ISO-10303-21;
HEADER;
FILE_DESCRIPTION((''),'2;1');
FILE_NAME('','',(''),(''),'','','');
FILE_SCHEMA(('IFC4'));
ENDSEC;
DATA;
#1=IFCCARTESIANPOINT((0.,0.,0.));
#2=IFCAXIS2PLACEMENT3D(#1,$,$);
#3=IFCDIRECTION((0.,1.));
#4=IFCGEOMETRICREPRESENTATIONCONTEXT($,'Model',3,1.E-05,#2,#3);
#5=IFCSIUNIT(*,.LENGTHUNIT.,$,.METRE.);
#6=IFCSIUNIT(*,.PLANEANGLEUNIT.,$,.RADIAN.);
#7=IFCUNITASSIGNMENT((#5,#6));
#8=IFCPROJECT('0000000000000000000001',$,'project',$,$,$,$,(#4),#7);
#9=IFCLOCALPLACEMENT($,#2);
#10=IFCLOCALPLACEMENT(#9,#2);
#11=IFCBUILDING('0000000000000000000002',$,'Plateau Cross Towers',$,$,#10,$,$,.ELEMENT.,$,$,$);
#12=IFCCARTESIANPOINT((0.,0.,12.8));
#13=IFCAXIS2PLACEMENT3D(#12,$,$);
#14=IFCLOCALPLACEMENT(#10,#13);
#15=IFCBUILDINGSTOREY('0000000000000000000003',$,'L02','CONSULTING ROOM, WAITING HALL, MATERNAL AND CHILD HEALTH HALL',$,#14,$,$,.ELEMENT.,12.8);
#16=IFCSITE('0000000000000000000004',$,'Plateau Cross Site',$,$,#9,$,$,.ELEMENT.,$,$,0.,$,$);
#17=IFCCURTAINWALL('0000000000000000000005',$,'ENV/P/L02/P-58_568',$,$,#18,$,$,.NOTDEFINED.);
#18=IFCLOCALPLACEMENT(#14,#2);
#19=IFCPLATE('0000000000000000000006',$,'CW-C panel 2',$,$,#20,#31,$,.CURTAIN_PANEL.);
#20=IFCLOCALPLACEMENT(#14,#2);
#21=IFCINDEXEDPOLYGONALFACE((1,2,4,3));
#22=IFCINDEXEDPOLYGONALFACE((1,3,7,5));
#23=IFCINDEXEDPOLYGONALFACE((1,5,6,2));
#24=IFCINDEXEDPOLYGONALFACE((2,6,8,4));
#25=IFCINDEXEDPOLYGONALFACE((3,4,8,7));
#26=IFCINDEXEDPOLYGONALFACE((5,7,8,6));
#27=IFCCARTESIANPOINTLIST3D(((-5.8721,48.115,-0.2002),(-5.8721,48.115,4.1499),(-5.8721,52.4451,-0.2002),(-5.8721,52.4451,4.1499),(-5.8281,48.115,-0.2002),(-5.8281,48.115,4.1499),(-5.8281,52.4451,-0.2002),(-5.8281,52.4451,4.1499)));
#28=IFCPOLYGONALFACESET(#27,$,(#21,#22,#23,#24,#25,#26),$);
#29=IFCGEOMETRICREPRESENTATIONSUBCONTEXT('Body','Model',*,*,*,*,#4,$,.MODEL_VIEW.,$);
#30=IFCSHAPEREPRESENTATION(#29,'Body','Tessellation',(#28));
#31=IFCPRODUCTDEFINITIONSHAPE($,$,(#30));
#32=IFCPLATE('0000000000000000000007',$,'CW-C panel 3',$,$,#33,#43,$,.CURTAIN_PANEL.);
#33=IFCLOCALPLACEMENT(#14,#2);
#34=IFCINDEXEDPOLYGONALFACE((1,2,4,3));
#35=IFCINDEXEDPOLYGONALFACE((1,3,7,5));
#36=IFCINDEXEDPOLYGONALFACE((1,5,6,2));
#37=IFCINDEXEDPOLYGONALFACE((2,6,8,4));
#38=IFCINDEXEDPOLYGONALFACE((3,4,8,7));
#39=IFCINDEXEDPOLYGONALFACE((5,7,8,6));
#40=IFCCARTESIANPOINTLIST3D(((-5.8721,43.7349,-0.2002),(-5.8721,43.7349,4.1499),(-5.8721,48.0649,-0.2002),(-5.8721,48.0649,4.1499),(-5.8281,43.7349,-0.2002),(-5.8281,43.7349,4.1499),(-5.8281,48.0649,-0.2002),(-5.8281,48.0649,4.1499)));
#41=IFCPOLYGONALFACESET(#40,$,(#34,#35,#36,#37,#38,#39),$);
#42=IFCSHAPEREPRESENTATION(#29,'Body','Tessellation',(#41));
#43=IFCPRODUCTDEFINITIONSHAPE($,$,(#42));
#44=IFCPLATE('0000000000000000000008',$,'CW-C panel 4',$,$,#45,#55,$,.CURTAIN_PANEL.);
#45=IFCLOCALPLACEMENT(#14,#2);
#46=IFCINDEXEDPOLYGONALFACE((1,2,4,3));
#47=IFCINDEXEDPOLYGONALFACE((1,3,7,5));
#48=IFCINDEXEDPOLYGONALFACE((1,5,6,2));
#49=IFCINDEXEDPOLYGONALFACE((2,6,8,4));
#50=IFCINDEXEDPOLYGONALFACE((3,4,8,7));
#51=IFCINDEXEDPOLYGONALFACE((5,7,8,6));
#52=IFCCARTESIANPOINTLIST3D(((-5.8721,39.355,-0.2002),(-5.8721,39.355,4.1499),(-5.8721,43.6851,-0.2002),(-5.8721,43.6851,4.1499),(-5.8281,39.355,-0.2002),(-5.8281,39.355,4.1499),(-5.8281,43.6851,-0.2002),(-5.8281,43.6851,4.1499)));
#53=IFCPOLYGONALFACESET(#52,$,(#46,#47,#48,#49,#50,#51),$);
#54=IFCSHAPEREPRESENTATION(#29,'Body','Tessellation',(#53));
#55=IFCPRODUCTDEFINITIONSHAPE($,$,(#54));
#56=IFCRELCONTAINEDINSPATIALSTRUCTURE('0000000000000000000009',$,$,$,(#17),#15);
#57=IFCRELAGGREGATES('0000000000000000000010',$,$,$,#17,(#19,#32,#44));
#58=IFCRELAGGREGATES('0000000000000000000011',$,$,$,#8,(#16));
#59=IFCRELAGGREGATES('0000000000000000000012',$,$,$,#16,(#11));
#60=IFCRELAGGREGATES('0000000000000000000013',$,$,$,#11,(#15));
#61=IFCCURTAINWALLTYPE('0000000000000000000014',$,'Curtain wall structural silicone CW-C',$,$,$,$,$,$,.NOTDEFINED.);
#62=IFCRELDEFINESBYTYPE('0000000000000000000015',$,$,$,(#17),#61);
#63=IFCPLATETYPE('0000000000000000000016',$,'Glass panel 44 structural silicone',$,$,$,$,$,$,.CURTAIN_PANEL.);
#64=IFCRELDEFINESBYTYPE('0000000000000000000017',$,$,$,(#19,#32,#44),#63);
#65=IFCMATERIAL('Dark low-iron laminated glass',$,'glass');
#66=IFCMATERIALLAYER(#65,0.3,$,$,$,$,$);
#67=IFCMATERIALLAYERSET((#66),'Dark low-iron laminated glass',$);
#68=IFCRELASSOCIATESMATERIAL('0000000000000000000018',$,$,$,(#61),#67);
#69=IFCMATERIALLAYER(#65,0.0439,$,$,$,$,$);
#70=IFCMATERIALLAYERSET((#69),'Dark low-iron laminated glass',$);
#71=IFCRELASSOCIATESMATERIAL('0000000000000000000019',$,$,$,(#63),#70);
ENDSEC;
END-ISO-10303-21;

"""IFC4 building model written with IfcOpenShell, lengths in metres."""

from ifc_helpers import new_model, si_unit, direction, frame, origin, origin_2d, place, context, subcontext, project, spatial, rectangle, extrude, material, layer, layer_set, type_object, element, aggregate, save


model = new_model("IFC4")

# Units and contexts
model_context = context("Model", 3, precision=1e-05, world=origin(), true_north=direction((0.0, 1.0)))
body_context = subcontext(model_context, "Body", "Model", "MODEL_VIEW")
ifc_project = project(units=[si_unit("LENGTHUNIT", "METRE"), si_unit("PLANEANGLEUNIT", "RADIAN")], contexts=[model_context])

# Site, building, storey
site_placement = place(None, origin())
site = spatial("IfcSite", under=ifc_project, at=site_placement, Name="Plateau Cross Site", CompositionType="ELEMENT", RefElevation=0.0)
building_placement = place(site_placement, origin())
building = spatial("IfcBuilding", under=site, at=building_placement, Name="Plateau Cross Towers", CompositionType="ELEMENT")
storey_placement = place(building_placement, frame((0.0, 0.0, 12.8)))
storey = spatial("IfcBuildingStorey", under=building, at=storey_placement, Name="L02", Description="CONSULTING ROOM, WAITING HALL, MATERNAL AND CHILD HEALTH HALL", CompositionType="ELEMENT", Elevation=12.8)

# Shared definitions
ifc_material_1 = material(Name="Dark low-iron laminated glass", Category="glass")
ifc_layer_1 = layer(ifc_material_1, 0.3)
ifc_layer_set_1 = layer_set([ifc_layer_1], Name="Dark low-iron laminated glass")
curtain_wall_type = type_object("IfcCurtainWallType", Name="Curtain wall structural silicone CW-C", PredefinedType="NOTDEFINED", material=ifc_layer_set_1)

# Curtain wall
curtain_wall_1_placement = place(storey_placement, origin())
curtain_wall_1 = element("IfcCurtainWall", 1, at=curtain_wall_1_placement, inside=storey, type_object=curtain_wall_type, Name="ENV/P/L02/P-58_568", PredefinedType="NOTDEFINED")

# Plates
ifc_layer_2 = layer(ifc_material_1, 0.0439)
ifc_layer_set_2 = layer_set([ifc_layer_2], Name="Dark low-iron laminated glass")
plate_type = type_object("IfcPlateType", Name="Glass panel 44 structural silicone", PredefinedType="CURTAIN_PANEL", material=ifc_layer_set_2)
plate_1_placement = place(storey_placement, frame((-5.8501, 50.28, -0.2002), z_axis=(0.0, 0.0, 1.0), x_axis=(0.0, -1.0, 0.0)))
plate_1 = element("IfcPlate", 2, at=plate_1_placement, type_object=plate_type, Name="CW-C panel 2", PredefinedType="CURTAIN_PANEL", context=body_context, shape_type="SweptSolid", body=[
    extrude(rectangle(XDim=4.3301, YDim=0.0439, at=origin_2d()), origin(), (0.0, 0.0, 1.0), 4.3501),
])
plate_2_placement = place(storey_placement, frame((-5.8501, 45.8999, -0.2002), z_axis=(0.0, 0.0, 1.0), x_axis=(0.0, -1.0, 0.0)))
plate_2 = element("IfcPlate", 3, at=plate_2_placement, type_object=plate_type, Name="CW-C panel 3", PredefinedType="CURTAIN_PANEL", context=body_context, shape_type="SweptSolid", body=[
    extrude(rectangle(XDim=4.3301, YDim=0.0439, at=origin_2d()), origin(), (0.0, 0.0, 1.0), 4.3501),
])
plate_3_placement = place(storey_placement, frame((-5.8501, 41.52, -0.2002), z_axis=(0.0, 0.0, 1.0), x_axis=(0.0, -1.0, 0.0)))
plate_3 = element("IfcPlate", 4, at=plate_3_placement, type_object=plate_type, Name="CW-C panel 4", PredefinedType="CURTAIN_PANEL", context=body_context, shape_type="SweptSolid", body=[
    extrude(rectangle(XDim=4.3301, YDim=0.0439, at=origin_2d()), origin(), (0.0, 0.0, 1.0), 4.3501),
])
aggregate(curtain_wall_1, [plate_1, plate_2, plate_3])

save(model, "model.ifc")
